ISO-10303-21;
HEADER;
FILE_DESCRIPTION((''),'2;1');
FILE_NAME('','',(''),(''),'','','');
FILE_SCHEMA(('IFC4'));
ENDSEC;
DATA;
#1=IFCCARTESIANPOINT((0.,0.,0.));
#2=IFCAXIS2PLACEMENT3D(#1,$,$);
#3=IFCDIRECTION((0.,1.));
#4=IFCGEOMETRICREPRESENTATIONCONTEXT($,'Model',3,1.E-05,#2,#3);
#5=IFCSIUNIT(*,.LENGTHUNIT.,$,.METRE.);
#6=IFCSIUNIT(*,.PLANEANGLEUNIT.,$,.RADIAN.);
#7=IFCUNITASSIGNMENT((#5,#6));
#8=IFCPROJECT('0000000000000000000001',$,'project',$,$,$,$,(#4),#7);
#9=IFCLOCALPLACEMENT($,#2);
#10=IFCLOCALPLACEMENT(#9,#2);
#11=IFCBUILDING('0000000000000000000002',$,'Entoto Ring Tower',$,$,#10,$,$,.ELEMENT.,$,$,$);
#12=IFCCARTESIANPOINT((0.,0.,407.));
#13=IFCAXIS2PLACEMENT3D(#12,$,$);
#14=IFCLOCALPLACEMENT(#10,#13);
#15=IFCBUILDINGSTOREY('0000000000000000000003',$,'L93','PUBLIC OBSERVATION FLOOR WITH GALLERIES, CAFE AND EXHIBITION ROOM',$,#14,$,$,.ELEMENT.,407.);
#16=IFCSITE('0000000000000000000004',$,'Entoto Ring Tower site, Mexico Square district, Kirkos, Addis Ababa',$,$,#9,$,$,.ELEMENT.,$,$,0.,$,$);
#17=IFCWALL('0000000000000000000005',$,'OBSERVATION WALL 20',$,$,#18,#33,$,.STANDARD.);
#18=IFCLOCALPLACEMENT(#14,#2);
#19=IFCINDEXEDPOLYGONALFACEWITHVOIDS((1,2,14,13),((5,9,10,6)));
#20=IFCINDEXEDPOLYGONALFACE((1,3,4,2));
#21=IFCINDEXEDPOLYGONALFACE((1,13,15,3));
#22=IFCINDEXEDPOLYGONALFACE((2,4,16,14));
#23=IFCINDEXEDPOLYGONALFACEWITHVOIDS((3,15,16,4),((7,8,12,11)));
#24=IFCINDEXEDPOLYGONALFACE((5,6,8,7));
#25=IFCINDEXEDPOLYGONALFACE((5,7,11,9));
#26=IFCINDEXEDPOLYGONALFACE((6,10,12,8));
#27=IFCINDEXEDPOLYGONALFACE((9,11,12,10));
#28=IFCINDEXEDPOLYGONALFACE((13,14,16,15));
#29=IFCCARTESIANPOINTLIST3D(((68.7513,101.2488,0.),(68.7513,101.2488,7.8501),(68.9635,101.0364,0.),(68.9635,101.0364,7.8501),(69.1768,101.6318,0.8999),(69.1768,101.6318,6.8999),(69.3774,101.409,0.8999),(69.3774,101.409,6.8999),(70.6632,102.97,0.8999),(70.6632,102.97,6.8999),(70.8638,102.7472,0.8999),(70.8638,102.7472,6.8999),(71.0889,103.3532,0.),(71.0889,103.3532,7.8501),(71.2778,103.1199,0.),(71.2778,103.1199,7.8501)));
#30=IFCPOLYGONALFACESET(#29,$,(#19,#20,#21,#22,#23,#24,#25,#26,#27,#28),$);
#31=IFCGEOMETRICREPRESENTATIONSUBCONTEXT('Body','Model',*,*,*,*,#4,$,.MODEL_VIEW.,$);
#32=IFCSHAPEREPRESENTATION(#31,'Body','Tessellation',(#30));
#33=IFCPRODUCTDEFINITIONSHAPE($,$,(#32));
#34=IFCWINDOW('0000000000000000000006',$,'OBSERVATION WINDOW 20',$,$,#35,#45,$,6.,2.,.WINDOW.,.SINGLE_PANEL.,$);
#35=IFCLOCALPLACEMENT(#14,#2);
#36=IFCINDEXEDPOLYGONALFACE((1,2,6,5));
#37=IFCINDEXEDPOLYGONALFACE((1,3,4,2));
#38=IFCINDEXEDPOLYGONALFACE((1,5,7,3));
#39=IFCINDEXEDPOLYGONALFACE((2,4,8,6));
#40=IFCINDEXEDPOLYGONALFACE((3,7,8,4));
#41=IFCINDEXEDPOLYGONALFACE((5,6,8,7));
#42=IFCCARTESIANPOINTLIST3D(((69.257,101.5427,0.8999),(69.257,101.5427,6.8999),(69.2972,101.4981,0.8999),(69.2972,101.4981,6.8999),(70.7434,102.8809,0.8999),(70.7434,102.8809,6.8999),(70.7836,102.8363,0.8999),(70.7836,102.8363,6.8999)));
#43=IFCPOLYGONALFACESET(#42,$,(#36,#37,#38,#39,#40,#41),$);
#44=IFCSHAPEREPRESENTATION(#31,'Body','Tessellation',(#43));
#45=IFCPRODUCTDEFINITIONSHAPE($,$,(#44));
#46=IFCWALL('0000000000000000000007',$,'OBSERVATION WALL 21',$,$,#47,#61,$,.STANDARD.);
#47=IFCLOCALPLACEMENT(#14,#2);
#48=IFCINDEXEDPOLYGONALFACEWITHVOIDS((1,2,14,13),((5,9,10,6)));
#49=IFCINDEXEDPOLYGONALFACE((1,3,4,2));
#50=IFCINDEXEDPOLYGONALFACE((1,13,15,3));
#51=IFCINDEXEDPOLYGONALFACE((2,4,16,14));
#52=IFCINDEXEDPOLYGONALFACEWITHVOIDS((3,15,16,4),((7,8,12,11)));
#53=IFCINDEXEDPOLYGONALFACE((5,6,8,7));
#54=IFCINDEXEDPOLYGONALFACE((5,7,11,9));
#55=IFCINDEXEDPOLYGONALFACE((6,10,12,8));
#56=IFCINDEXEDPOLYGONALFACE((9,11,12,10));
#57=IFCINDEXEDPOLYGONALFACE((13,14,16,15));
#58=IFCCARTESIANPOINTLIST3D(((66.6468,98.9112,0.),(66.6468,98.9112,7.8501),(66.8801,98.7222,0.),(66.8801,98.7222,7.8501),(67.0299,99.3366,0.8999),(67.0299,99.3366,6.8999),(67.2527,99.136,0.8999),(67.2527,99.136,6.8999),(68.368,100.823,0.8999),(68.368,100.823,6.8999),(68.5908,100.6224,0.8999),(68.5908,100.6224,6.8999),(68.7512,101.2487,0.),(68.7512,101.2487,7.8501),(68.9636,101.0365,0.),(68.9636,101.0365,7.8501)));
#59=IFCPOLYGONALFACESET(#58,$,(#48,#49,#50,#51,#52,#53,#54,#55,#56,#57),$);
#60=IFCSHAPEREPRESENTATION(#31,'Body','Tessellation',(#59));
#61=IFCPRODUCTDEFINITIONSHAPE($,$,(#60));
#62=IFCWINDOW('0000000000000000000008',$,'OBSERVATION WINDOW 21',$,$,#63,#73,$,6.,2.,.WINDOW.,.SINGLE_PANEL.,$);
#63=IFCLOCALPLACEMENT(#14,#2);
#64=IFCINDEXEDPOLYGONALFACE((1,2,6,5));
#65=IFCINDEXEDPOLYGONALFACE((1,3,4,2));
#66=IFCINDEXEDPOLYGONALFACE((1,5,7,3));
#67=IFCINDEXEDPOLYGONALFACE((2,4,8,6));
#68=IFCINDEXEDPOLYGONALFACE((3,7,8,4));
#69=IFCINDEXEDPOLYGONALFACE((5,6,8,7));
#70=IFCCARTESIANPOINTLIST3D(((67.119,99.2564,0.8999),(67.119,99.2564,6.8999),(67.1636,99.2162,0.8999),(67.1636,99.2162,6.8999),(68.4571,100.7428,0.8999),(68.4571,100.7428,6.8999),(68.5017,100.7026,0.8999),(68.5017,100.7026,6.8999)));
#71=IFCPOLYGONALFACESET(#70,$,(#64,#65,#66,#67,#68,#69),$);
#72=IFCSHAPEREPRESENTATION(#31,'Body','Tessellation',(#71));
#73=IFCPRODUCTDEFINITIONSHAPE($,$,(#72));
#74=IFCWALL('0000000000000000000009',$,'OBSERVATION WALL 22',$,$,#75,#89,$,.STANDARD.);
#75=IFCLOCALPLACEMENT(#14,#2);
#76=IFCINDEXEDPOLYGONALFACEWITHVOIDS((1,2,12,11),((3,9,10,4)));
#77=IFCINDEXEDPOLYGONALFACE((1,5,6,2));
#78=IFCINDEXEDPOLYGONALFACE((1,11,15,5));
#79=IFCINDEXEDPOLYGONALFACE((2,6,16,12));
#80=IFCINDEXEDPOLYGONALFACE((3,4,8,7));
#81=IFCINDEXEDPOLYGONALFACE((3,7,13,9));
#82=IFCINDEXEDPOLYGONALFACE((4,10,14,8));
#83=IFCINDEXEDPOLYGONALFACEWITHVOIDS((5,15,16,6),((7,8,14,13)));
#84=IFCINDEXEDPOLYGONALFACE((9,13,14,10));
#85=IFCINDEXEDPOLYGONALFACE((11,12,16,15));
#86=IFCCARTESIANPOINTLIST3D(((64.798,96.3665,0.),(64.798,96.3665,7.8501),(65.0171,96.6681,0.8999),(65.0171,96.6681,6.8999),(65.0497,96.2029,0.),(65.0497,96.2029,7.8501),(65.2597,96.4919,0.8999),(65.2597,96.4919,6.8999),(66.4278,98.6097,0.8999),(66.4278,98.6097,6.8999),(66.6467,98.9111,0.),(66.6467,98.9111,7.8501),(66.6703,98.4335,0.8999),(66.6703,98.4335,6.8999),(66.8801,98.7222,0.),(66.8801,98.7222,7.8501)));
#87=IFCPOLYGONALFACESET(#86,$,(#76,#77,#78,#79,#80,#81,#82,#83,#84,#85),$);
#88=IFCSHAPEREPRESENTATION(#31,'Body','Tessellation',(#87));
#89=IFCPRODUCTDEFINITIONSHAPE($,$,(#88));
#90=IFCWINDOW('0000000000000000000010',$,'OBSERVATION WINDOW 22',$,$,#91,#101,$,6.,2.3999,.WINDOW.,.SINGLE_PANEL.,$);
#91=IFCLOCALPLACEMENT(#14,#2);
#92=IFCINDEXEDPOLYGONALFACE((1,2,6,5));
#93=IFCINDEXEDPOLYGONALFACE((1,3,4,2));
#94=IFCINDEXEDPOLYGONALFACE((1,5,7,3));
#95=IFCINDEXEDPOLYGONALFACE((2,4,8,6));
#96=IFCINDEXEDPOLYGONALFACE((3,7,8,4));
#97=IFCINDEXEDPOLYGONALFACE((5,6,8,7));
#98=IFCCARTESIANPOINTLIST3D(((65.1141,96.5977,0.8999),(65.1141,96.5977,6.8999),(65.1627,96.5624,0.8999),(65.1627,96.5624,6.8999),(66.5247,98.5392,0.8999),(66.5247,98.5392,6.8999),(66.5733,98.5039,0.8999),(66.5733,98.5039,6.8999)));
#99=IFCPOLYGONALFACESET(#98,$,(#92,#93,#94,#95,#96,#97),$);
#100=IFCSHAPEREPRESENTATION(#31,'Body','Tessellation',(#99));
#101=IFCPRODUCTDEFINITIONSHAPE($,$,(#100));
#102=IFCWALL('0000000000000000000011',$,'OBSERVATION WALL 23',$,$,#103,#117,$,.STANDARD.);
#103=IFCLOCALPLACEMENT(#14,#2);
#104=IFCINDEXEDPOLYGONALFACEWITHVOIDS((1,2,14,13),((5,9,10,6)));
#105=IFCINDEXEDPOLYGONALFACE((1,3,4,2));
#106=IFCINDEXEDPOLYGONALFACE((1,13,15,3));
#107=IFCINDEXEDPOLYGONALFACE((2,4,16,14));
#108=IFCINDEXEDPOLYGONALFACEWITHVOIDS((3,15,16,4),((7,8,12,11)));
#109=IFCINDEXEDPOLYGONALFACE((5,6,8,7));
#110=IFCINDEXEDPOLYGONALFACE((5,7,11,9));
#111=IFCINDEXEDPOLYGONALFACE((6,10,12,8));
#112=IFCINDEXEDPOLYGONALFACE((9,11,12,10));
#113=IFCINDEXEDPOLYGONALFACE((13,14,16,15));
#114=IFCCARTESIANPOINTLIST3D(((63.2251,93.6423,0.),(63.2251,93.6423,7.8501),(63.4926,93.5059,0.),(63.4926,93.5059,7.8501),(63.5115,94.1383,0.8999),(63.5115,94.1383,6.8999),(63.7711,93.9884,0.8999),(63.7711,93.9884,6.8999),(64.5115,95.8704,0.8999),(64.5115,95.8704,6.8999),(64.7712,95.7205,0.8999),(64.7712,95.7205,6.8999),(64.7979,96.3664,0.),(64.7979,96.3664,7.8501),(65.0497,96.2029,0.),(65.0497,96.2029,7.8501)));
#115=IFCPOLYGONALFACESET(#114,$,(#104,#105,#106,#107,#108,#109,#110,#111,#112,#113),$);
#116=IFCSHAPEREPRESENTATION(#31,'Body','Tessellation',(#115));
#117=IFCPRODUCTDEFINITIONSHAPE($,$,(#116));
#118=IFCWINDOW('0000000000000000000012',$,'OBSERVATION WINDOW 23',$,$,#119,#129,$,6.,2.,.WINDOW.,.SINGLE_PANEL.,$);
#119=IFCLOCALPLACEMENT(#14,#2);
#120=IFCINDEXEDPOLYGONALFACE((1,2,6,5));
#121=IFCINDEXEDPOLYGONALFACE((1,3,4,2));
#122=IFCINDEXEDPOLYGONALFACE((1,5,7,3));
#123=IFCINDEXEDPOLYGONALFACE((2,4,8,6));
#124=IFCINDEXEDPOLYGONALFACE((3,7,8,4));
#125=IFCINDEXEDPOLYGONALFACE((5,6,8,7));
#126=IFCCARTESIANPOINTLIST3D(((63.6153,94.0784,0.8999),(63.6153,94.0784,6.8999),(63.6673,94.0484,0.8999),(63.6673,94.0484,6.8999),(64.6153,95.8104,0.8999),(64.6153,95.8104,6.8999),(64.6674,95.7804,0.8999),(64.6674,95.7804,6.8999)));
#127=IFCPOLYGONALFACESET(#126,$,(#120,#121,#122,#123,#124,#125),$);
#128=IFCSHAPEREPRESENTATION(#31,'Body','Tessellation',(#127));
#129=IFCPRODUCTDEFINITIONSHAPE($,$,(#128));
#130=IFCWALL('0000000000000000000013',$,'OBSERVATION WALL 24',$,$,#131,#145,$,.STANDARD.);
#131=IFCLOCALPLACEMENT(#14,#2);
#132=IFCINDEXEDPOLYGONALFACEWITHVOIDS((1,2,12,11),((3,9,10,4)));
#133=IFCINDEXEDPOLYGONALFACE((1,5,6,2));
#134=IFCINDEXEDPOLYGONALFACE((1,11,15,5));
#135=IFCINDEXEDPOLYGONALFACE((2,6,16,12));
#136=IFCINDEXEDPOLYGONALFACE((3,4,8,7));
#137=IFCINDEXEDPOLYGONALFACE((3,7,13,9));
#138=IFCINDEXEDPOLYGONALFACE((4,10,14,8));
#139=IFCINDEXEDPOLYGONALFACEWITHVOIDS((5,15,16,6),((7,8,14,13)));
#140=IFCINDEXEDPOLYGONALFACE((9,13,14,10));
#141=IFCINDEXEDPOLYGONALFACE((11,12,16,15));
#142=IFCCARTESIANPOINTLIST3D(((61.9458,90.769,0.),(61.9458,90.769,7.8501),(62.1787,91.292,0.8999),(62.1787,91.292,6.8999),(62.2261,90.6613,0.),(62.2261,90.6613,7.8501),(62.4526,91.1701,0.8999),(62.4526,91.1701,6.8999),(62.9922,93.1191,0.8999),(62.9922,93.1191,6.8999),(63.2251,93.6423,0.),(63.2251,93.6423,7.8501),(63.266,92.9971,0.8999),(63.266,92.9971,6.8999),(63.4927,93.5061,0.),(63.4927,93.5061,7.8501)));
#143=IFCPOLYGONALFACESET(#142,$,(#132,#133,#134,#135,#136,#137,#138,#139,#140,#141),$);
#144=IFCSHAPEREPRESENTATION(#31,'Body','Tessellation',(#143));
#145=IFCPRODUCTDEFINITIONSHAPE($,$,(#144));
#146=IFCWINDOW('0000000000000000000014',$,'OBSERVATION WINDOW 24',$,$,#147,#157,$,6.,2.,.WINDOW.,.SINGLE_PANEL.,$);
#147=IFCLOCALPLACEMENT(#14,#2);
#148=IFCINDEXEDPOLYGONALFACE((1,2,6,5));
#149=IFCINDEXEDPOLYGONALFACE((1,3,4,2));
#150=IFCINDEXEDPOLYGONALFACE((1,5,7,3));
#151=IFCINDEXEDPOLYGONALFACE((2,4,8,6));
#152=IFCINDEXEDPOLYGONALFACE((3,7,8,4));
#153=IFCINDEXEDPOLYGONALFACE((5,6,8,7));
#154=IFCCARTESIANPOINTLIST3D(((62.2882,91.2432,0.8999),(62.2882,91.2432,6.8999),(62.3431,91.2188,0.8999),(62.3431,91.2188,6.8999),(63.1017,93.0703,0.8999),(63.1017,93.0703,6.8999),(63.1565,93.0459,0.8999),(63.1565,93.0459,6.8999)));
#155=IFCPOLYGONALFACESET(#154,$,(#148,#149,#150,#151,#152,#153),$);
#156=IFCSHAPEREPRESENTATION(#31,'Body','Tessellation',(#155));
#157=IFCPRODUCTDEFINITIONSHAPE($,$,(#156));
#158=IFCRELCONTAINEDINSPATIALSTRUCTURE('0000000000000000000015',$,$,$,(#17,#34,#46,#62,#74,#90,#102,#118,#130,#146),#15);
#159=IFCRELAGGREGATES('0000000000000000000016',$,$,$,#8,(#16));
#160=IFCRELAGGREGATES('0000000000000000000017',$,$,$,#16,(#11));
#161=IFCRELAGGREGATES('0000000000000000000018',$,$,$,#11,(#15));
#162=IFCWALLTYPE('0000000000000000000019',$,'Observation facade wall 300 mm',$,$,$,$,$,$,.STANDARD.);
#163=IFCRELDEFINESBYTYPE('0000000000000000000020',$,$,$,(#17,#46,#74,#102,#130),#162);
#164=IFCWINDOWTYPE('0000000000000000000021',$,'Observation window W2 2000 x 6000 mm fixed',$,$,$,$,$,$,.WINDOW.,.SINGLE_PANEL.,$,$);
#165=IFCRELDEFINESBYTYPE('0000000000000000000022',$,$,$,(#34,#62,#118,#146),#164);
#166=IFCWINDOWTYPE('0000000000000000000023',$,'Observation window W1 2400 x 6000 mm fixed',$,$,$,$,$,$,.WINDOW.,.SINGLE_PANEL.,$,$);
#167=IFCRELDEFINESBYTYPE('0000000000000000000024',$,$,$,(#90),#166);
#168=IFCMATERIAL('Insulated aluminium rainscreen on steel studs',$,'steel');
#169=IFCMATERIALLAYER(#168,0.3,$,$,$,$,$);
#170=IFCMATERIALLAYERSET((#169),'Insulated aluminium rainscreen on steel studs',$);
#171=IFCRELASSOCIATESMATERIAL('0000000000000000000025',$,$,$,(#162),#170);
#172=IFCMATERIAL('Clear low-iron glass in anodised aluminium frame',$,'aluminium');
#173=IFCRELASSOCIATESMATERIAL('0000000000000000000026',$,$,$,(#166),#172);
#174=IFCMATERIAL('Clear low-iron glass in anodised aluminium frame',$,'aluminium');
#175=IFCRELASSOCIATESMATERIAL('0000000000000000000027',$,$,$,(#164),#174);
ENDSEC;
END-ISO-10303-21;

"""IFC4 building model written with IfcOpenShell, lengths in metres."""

from ifc_helpers import new_model, si_unit, direction, frame, frame_2d, origin, place, context, subcontext, project, spatial, polyline, rectangle, outline, extrude, material, layer, layer_set, type_object, element, fill, save


model = new_model("IFC4")

# Units and contexts
model_context = context("Model", 3, precision=1e-05, world=origin(), true_north=direction((0.0, 1.0)))
body_context = subcontext(model_context, "Body", "Model", "MODEL_VIEW")
ifc_project = project(units=[si_unit("LENGTHUNIT", "METRE"), si_unit("PLANEANGLEUNIT", "RADIAN")], contexts=[model_context])

# Site, building, storey
site_placement = place(None, origin())
site = spatial("IfcSite", under=ifc_project, at=site_placement, Name="Entoto Ring Tower site, Mexico Square district, Kirkos, Addis Ababa", CompositionType="ELEMENT", RefElevation=0.0)
building_placement = place(site_placement, origin())
building = spatial("IfcBuilding", under=site, at=building_placement, Name="Entoto Ring Tower", CompositionType="ELEMENT")
storey_placement = place(building_placement, frame((0.0, 0.0, 407.0)))
storey = spatial("IfcBuildingStorey", under=building, at=storey_placement, Name="L93", Description="PUBLIC OBSERVATION FLOOR WITH GALLERIES, CAFE AND EXHIBITION ROOM", CompositionType="ELEMENT", Elevation=407.0)

# Walls, openings, windows
ifc_material_1 = material(Name="Insulated aluminium rainscreen on steel studs", Category="steel")
ifc_layer = layer(ifc_material_1, 0.3)
ifc_layer_set = layer_set([ifc_layer], Name="Insulated aluminium rainscreen on steel studs")
wall_type = type_object("IfcWallType", Name="Observation facade wall 300 mm", PredefinedType="STANDARD", material=ifc_layer_set)
ifc_material_2 = material(Name="Clear low-iron glass in anodised aluminium frame", Category="aluminium")
window_type_1 = type_object("IfcWindowType", Name="Observation window W1 2400 x 6000 mm fixed", PartitioningType="SINGLE_PANEL", PredefinedType="WINDOW", material=ifc_material_2)
wall_1_placement = place(storey_placement, frame((71.1833, 103.2366, 0.0), z_axis=(0.0, 0.0, 1.0), x_axis=(-0.743189, -0.669081, 0.0)))
wall_1 = element("IfcWall", 1, at=wall_1_placement, inside=storey, type_object=wall_type, Name="OBSERVATION WALL 20", PredefinedType="STANDARD", context=body_context, shape_type="SweptSolid", body=[
    extrude(outline(polyline([(-0.0078, -0.1499), (3.1375, -0.1499), (3.1218, 0.1499), (0.0078, 0.1499), (-0.0078, -0.1499)])), origin(), (0.0, 0.0, 1.0), 7.8501),
])
opening_1_placement = place(wall_1_placement, frame((0.5649, 0.0, 0.8999)))
opening_1 = element("IfcOpeningElement", 2, at=opening_1_placement, cuts=wall_1, PredefinedType="OPENING", context=body_context, shape_type="SweptSolid", body=[
    extrude(rectangle(XDim=2.0, YDim=6.0, at=frame_2d((1.0, 3.0))), frame((0.0, 0.1602, 0.0), z_axis=(0.0, -1.0, 0.0), x_axis=(1.0, 0.0, 0.0)), (0.0, 0.0, 1.0), 0.3201),
])
ifc_material_3 = material(Name="Clear low-iron glass in anodised aluminium frame", Category="aluminium")
window_type_2 = type_object("IfcWindowType", Name="Observation window W2 2000 x 6000 mm fixed", PartitioningType="SINGLE_PANEL", PredefinedType="WINDOW", material=ifc_material_3)
window_1_placement = place(opening_1_placement, origin())
window_1 = element("IfcWindow", 3, at=window_1_placement, inside=storey, type_object=window_type_2, Name="OBSERVATION WINDOW 20", OverallHeight=6.0, OverallWidth=2.0, PartitioningType="SINGLE_PANEL", PredefinedType="WINDOW", context=body_context, shape_type="SweptSolid", body=[
    extrude(rectangle(XDim=2.0, YDim=6.0, at=frame_2d((1.0, 3.0))), frame((0.0, 0.03, 0.0), z_axis=(0.0, -1.0, 0.0), x_axis=(1.0, 0.0, 0.0)), (0.0, 0.0, 1.0), 0.0601),
])
fill(opening_1, window_1)
wall_2_placement = place(storey_placement, frame((68.8574, 101.1426, 0.0), z_axis=(0.0, 0.0, 1.0), x_axis=(-0.669081, -0.743189, 0.0)))
wall_2 = element("IfcWall", 4, at=wall_2_placement, inside=storey, type_object=wall_type, Name="OBSERVATION WALL 21", PredefinedType="STANDARD", context=body_context, shape_type="SweptSolid", body=[
    extrude(outline(polyline([(-0.0078, -0.1499), (3.1375, -0.1499), (3.1218, 0.1499), (0.0078, 0.1499), (-0.0078, -0.1499)])), origin(), (0.0, 0.0, 1.0), 7.8501),
])
opening_2_placement = place(wall_2_placement, frame((0.5649, 0.0, 0.8999)))
opening_2 = element("IfcOpeningElement", 5, at=opening_2_placement, cuts=wall_2, PredefinedType="OPENING", context=body_context, shape_type="SweptSolid", body=[
    extrude(rectangle(XDim=2.0, YDim=6.0, at=frame_2d((1.0, 3.0))), frame((0.0, 0.1602, 0.0), z_axis=(0.0, -1.0, 0.0), x_axis=(1.0, 0.0, 0.0)), (0.0, 0.0, 1.0), 0.3201),
])
window_2_placement = place(opening_2_placement, origin())
window_2 = element("IfcWindow", 6, at=window_2_placement, inside=storey, type_object=window_type_2, Name="OBSERVATION WINDOW 21", OverallHeight=6.0, OverallWidth=2.0, PartitioningType="SINGLE_PANEL", PredefinedType="WINDOW", context=body_context, shape_type="SweptSolid", body=[
    extrude(rectangle(XDim=2.0, YDim=6.0, at=frame_2d((1.0, 3.0))), frame((0.0, 0.03, 0.0), z_axis=(0.0, -1.0, 0.0), x_axis=(1.0, 0.0, 0.0)), (0.0, 0.0, 1.0), 0.0601),
])
fill(opening_2, window_2)
wall_3_placement = place(storey_placement, frame((66.7634, 98.8167, 0.0), z_axis=(0.0, 0.0, 1.0), x_axis=(-0.587787, -0.809016, 0.0)))
wall_3 = element("IfcWall", 7, at=wall_3_placement, inside=storey, type_object=wall_type, Name="OBSERVATION WALL 22", PredefinedType="STANDARD", context=body_context, shape_type="SweptSolid", body=[
    extrude(outline(polyline([(-0.0078, -0.1499), (3.1375, -0.1499), (3.1218, 0.1499), (0.0078, 0.1499), (-0.0078, -0.1499)])), origin(), (0.0, 0.0, 1.0), 7.8501),
])
opening_3_placement = place(wall_3_placement, frame((0.3647, 0.0, 0.8999)))
opening_3 = element("IfcOpeningElement", 8, at=opening_3_placement, cuts=wall_3, PredefinedType="OPENING", context=body_context, shape_type="SweptSolid", body=[
    extrude(rectangle(XDim=2.3999, YDim=6.0, at=frame_2d((1.2, 3.0))), frame((0.0, 0.1602, 0.0), z_axis=(0.0, -1.0, 0.0), x_axis=(1.0, 0.0, 0.0)), (0.0, 0.0, 1.0), 0.3201),
])
window_3_placement = place(opening_3_placement, origin())
window_3 = element("IfcWindow", 9, at=window_3_placement, inside=storey, type_object=window_type_1, Name="OBSERVATION WINDOW 22", OverallHeight=6.0, OverallWidth=2.3999, PartitioningType="SINGLE_PANEL", PredefinedType="WINDOW", context=body_context, shape_type="SweptSolid", body=[
    extrude(rectangle(XDim=2.3999, YDim=6.0, at=frame_2d((1.2, 3.0))), frame((0.0, 0.03, 0.0), z_axis=(0.0, -1.0, 0.0), x_axis=(1.0, 0.0, 0.0)), (0.0, 0.0, 1.0), 0.0601),
])
fill(opening_3, window_3)
wall_4_placement = place(storey_placement, frame((64.9238, 96.2847, 0.0), z_axis=(0.0, 0.0, 1.0), x_axis=(-0.500015, -0.866017, 0.0)))
wall_4 = element("IfcWall", 10, at=wall_4_placement, inside=storey, type_object=wall_type, Name="OBSERVATION WALL 23", PredefinedType="STANDARD", context=body_context, shape_type="SweptSolid", body=[
    extrude(outline(polyline([(-0.0078, -0.1499), (3.1377, -0.1499), (3.1221, 0.1499), (0.0078, 0.1499), (-0.0078, -0.1499)])), origin(), (0.0, 0.0, 1.0), 7.8501),
])
opening_4_placement = place(wall_4_placement, frame((0.5649, 0.0, 0.8999)))
opening_4 = element("IfcOpeningElement", 11, at=opening_4_placement, cuts=wall_4, PredefinedType="OPENING", context=body_context, shape_type="SweptSolid", body=[
    extrude(rectangle(XDim=2.0, YDim=6.0, at=frame_2d((1.0, 3.0))), frame((0.0, 0.1602, 0.0), z_axis=(0.0, -1.0, 0.0), x_axis=(1.0, 0.0, 0.0)), (0.0, 0.0, 1.0), 0.3201),
])
window_4_placement = place(opening_4_placement, origin())
window_4 = element("IfcWindow", 12, at=window_4_placement, inside=storey, type_object=window_type_2, Name="OBSERVATION WINDOW 23", OverallHeight=6.0, OverallWidth=2.0, PartitioningType="SINGLE_PANEL", PredefinedType="WINDOW", context=body_context, shape_type="SweptSolid", body=[
    extrude(rectangle(XDim=2.0, YDim=6.0, at=frame_2d((1.0, 3.0))), frame((0.0, 0.03, 0.0), z_axis=(0.0, -1.0, 0.0), x_axis=(1.0, 0.0, 0.0)), (0.0, 0.0, 1.0), 0.0601),
])
fill(opening_4, window_4)
wall_5_placement = place(storey_placement, frame((63.3589, 93.5742, 0.0), z_axis=(0.0, 0.0, 1.0), x_axis=(-0.406732, -0.913548, 0.0)))
wall_5 = element("IfcWall", 13, at=wall_5_placement, inside=storey, type_object=wall_type, Name="OBSERVATION WALL 24", PredefinedType="STANDARD", context=body_context, shape_type="SweptSolid", body=[
    extrude(outline(polyline([(-0.0078, -0.1499), (3.1375, -0.1499), (3.1218, 0.1499), (0.0078, 0.1499), (-0.0078, -0.1499)])), origin(), (0.0, 0.0, 1.0), 7.8501),
])
opening_5_placement = place(wall_5_placement, frame((0.5649, 0.0, 0.8999)))
opening_5 = element("IfcOpeningElement", 14, at=opening_5_placement, cuts=wall_5, PredefinedType="OPENING", context=body_context, shape_type="SweptSolid", body=[
    extrude(rectangle(XDim=2.0, YDim=6.0, at=frame_2d((1.0, 3.0))), frame((0.0, 0.1602, 0.0), z_axis=(0.0, -1.0, 0.0), x_axis=(1.0, 0.0, 0.0)), (0.0, 0.0, 1.0), 0.3201),
])
window_5_placement = place(opening_5_placement, origin())
window_5 = element("IfcWindow", 15, at=window_5_placement, inside=storey, type_object=window_type_2, Name="OBSERVATION WINDOW 24", OverallHeight=6.0, OverallWidth=2.0, PartitioningType="SINGLE_PANEL", PredefinedType="WINDOW", context=body_context, shape_type="SweptSolid", body=[
    extrude(rectangle(XDim=2.0, YDim=6.0, at=frame_2d((1.0, 3.0))), frame((0.0, 0.03, 0.0), z_axis=(0.0, -1.0, 0.0), x_axis=(1.0, 0.0, 0.0)), (0.0, 0.0, 1.0), 0.0601),
])
fill(opening_5, window_5)

save(model, "model.ifc")
